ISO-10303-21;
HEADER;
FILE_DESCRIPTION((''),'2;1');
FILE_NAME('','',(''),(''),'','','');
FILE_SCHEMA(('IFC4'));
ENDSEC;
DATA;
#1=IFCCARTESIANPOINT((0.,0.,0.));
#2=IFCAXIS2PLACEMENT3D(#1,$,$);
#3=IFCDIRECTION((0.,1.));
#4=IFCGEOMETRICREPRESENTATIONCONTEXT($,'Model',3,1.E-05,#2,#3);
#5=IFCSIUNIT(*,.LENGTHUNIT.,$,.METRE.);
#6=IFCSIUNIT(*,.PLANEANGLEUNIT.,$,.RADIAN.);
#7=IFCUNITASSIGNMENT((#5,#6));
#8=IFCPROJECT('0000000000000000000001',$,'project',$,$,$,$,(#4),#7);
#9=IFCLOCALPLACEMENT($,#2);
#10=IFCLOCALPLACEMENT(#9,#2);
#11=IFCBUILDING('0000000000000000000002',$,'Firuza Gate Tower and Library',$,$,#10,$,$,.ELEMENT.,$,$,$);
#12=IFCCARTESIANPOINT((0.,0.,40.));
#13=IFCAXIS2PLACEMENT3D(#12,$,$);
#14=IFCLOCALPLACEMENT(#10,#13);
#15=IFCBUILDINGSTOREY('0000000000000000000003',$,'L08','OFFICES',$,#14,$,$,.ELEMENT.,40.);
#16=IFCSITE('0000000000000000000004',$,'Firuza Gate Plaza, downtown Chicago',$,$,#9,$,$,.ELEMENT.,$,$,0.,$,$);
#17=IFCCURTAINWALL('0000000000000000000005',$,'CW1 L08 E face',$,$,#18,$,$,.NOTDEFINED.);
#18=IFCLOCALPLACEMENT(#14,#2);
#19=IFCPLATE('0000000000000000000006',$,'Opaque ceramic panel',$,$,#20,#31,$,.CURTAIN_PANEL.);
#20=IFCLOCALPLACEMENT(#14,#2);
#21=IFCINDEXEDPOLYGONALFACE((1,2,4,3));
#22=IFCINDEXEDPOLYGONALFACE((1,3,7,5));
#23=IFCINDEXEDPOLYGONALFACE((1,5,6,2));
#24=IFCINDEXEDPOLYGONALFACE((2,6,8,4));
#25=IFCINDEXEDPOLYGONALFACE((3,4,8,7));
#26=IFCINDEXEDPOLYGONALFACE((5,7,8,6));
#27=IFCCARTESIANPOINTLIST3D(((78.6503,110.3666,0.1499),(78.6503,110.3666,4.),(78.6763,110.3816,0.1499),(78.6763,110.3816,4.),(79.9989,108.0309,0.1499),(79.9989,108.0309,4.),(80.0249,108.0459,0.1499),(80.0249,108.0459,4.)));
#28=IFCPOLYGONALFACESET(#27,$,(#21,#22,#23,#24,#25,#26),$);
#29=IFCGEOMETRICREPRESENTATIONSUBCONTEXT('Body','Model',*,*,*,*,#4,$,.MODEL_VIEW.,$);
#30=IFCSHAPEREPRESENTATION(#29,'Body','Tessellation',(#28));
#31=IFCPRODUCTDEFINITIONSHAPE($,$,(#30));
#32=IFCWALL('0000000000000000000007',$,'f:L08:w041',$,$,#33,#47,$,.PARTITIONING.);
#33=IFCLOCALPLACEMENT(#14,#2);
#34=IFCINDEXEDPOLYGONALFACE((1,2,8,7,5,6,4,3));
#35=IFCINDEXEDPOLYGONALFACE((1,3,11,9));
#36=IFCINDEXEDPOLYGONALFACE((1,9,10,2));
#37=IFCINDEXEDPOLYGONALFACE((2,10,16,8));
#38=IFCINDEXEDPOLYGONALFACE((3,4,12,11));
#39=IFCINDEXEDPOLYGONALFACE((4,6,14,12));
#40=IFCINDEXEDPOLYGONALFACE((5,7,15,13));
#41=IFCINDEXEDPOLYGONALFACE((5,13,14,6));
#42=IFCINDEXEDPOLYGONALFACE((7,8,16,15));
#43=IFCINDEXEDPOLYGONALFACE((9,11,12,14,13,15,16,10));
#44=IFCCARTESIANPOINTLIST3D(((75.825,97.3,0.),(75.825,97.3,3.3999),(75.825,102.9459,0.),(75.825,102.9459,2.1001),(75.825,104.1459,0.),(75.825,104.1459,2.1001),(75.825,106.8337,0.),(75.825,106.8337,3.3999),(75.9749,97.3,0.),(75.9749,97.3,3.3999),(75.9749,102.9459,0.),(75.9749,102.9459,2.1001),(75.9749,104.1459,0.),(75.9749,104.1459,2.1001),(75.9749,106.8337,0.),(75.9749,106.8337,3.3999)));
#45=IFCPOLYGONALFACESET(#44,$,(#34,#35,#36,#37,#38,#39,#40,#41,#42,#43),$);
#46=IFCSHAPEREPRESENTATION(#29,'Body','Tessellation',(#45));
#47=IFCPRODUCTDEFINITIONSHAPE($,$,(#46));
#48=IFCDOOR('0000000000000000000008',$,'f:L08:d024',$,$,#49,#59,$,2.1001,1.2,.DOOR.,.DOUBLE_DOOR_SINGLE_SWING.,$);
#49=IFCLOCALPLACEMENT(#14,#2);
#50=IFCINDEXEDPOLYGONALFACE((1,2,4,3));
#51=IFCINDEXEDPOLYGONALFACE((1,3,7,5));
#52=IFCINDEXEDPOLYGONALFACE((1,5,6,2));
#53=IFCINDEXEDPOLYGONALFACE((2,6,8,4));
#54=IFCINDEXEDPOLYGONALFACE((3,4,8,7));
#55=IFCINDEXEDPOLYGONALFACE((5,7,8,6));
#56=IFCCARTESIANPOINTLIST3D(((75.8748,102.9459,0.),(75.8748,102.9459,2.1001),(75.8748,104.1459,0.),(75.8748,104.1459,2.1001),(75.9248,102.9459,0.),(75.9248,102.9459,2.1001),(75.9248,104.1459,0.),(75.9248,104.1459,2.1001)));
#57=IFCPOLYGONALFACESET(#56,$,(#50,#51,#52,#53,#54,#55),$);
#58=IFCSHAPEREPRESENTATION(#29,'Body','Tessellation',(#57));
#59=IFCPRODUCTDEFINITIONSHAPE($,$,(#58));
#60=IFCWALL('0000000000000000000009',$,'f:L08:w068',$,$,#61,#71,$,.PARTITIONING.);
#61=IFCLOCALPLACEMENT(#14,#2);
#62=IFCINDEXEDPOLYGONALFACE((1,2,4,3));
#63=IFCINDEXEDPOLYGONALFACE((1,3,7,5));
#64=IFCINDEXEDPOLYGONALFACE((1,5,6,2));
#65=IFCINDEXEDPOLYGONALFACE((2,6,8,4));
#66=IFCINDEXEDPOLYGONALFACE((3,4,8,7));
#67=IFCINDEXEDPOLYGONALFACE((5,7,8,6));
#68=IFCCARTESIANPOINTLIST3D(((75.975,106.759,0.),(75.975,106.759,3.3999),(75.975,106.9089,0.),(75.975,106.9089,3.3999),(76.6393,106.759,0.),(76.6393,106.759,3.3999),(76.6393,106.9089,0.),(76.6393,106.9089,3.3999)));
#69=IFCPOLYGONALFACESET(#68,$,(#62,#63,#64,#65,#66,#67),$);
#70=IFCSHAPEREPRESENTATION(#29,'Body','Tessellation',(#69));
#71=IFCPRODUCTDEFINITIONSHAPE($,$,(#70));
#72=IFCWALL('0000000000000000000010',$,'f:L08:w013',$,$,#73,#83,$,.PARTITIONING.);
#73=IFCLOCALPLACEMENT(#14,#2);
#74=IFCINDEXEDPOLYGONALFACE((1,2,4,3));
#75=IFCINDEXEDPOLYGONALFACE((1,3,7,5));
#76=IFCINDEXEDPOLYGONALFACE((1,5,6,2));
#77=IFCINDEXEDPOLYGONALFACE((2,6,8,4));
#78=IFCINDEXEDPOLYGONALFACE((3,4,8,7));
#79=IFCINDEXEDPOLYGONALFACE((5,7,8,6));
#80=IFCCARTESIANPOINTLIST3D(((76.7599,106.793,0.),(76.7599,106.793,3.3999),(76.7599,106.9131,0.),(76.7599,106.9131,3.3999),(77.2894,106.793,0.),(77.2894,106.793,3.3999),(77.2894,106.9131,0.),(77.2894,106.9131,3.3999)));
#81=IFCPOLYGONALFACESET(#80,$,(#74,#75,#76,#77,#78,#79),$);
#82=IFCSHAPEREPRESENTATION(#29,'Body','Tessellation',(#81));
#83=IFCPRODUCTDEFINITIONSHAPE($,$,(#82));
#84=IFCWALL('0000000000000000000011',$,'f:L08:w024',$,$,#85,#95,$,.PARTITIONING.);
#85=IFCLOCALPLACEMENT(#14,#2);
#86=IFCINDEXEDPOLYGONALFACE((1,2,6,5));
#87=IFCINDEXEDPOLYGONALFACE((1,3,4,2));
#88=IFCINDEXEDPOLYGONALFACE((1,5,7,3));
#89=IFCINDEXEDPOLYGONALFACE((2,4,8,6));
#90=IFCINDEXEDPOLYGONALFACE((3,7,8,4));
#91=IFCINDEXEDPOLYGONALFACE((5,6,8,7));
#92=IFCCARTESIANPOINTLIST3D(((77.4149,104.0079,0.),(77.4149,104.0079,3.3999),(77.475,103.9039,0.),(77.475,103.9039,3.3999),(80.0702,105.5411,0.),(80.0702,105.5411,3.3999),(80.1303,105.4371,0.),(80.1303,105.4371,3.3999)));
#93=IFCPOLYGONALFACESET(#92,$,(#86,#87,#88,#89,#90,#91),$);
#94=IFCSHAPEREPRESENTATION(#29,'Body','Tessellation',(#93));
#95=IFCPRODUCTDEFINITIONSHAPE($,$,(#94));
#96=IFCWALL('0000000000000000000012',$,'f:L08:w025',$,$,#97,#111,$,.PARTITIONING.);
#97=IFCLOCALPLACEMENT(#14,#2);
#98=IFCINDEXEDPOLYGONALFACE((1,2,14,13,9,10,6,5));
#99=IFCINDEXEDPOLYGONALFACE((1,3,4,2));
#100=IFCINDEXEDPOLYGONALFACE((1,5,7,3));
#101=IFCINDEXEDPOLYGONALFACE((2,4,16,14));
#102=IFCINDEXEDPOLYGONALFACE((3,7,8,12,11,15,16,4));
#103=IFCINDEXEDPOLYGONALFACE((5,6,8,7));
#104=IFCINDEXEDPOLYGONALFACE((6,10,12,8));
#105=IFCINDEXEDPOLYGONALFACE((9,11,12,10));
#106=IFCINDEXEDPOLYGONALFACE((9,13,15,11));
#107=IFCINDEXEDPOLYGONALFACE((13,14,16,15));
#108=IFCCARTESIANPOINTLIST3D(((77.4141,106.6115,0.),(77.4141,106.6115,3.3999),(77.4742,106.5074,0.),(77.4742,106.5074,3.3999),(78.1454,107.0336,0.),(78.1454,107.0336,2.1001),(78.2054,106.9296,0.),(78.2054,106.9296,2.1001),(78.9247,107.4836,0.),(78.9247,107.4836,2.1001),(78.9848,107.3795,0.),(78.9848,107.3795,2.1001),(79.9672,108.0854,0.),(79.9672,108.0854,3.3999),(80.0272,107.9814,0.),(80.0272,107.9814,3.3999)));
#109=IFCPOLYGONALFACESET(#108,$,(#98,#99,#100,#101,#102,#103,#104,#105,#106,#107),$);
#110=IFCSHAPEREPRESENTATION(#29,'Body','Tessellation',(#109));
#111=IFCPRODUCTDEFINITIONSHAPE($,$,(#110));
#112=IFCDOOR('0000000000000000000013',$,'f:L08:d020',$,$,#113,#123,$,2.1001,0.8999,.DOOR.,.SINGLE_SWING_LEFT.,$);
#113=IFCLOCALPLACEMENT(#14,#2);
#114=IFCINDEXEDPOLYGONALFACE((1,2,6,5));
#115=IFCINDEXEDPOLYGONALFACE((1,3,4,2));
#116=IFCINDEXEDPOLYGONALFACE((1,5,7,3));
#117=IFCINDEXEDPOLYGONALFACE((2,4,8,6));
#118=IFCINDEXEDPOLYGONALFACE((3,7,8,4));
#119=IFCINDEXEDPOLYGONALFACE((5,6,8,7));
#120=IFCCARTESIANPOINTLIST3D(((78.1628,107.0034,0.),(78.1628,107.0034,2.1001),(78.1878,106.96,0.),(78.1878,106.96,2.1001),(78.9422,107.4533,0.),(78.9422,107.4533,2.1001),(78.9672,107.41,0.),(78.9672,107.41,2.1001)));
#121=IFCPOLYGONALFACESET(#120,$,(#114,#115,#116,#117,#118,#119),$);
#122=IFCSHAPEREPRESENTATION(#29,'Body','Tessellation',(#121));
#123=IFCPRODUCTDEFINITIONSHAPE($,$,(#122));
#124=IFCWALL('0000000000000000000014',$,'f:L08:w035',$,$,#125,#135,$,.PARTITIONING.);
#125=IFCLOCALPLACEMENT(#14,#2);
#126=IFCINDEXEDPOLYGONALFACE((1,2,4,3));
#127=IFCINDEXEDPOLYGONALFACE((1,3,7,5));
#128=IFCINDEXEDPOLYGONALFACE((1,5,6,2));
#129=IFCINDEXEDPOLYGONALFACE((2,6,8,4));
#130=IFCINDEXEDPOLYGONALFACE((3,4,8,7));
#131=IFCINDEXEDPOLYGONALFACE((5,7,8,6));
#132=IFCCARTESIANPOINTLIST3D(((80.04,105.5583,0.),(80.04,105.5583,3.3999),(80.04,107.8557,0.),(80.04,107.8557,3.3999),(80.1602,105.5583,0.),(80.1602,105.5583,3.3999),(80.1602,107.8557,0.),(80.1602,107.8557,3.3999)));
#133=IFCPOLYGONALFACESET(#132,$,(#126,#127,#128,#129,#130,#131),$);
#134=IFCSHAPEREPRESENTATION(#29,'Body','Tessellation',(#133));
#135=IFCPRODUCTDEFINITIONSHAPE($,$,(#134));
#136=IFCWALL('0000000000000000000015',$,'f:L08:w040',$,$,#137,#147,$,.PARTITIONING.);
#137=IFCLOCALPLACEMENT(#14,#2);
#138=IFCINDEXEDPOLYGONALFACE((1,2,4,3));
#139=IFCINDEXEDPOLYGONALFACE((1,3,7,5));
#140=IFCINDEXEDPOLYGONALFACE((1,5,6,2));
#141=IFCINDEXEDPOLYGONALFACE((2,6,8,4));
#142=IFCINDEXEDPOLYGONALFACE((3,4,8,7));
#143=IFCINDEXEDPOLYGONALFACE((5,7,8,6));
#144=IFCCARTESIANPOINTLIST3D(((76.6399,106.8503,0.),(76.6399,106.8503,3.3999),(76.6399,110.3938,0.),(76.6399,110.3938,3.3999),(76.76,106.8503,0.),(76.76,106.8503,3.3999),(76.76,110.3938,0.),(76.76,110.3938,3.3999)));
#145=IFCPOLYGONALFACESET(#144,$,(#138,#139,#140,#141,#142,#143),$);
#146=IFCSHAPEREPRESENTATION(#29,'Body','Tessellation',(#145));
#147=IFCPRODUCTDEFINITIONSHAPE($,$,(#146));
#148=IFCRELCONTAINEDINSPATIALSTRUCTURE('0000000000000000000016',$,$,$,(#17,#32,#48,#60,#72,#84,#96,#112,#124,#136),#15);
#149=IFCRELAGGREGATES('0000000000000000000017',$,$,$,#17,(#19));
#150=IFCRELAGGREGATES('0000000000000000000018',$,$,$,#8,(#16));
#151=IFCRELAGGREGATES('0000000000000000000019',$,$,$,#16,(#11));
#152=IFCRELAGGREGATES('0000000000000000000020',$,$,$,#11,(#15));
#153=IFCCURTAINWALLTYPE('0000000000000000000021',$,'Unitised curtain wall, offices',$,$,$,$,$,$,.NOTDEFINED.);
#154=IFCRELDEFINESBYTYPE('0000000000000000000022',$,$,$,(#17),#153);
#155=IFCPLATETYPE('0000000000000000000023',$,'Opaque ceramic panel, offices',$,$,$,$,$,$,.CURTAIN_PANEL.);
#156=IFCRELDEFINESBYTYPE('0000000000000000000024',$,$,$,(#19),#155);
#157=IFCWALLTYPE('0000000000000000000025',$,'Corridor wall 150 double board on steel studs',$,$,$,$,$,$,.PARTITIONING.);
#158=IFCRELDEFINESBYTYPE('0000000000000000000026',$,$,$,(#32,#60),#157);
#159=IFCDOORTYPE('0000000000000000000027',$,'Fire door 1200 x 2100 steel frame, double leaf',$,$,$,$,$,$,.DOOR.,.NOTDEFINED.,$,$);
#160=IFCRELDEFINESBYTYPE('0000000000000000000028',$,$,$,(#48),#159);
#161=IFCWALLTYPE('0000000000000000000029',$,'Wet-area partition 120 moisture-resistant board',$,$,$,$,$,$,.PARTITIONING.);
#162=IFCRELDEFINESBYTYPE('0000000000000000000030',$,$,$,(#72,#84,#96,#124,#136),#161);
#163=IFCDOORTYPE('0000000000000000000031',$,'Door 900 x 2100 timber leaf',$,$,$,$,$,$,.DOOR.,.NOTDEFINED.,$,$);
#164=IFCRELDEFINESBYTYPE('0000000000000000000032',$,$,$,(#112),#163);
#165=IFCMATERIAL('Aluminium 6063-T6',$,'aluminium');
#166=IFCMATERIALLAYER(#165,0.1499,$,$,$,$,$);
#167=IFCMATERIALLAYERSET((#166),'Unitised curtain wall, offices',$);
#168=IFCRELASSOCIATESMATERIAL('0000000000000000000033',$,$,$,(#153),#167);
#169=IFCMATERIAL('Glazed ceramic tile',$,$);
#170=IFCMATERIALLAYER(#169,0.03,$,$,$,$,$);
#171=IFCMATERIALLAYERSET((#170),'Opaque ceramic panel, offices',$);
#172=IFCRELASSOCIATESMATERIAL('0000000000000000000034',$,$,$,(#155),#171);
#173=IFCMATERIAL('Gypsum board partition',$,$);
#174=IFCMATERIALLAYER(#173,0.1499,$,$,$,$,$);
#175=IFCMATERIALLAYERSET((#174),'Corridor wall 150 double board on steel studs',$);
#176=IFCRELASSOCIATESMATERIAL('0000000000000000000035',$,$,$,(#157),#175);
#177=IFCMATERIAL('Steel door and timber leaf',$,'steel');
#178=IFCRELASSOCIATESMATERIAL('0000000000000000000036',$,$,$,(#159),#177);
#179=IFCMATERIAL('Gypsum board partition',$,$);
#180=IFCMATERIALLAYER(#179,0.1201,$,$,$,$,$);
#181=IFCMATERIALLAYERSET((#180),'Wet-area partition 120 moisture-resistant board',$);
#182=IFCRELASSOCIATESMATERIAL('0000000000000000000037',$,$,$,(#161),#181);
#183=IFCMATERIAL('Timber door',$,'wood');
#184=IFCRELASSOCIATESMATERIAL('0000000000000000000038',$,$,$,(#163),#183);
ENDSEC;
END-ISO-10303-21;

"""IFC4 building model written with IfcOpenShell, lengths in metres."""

from ifc_helpers import new_model, si_unit, direction, frame, frame_2d, origin, place, context, subcontext, project, spatial, polyline, rectangle, outline, extrude, material, layer, layer_set, type_object, element, fill, aggregate, save


model = new_model("IFC4")

# Units and contexts
model_context = context("Model", 3, precision=1e-05, world=origin(), true_north=direction((0.0, 1.0)))
body_context = subcontext(model_context, "Body", "Model", "MODEL_VIEW")
ifc_project = project(units=[si_unit("LENGTHUNIT", "METRE"), si_unit("PLANEANGLEUNIT", "RADIAN")], contexts=[model_context])

# Site, building, storey
site_placement = place(None, origin())
site = spatial("IfcSite", under=ifc_project, at=site_placement, Name="Firuza Gate Plaza, downtown Chicago", CompositionType="ELEMENT", RefElevation=0.0)
building_placement = place(site_placement, origin())
building = spatial("IfcBuilding", under=site, at=building_placement, Name="Firuza Gate Tower and Library", CompositionType="ELEMENT")
storey_placement = place(building_placement, frame((0.0, 0.0, 40.0)))
storey = spatial("IfcBuildingStorey", under=building, at=storey_placement, Name="L08", Description="OFFICES", CompositionType="ELEMENT", Elevation=40.0)

# Curtain wall
ifc_material_1 = material(Name="Aluminium 6063-T6", Category="aluminium")
ifc_layer_1 = layer(ifc_material_1, 0.1499)
ifc_layer_set_1 = layer_set([ifc_layer_1], Name="Unitised curtain wall, offices")
curtain_wall_type_1 = type_object("IfcCurtainWallType", Name="Unitised curtain wall, offices", PredefinedType="NOTDEFINED", material=ifc_layer_set_1)
placement = place(storey_placement, origin())
curtain_wall_1 = element("IfcCurtainWall", 1, at=placement, inside=storey, type_object=curtain_wall_type_1, Name="CW1 L08 E face", PredefinedType="NOTDEFINED")

# Plate
ifc_material_2 = material(Name="Glazed ceramic tile")
ifc_layer_2 = layer(ifc_material_2, 0.03)
ifc_layer_set_2 = layer_set([ifc_layer_2], Name="Opaque ceramic panel, offices")
plate_type_1 = type_object("IfcPlateType", Name="Opaque ceramic panel, offices", PredefinedType="CURTAIN_PANEL", material=ifc_layer_set_2)
plate_1_placement = place(storey_placement, frame((80.0249, 108.0459, 0.1499), z_axis=(0.866006, 0.500033, 0.0), x_axis=(-0.500033, 0.866006, 0.0)))
plate_1 = element("IfcPlate", 2, at=plate_1_placement, type_object=plate_type_1, Name="Opaque ceramic panel", PredefinedType="CURTAIN_PANEL", context=body_context, shape_type="SweptSolid", body=[
    extrude(outline(polyline([(0.0, 0.0), (2.6971, 0.0), (2.6971, 3.8501), (0.0, 3.8501), (0.0, 0.0)])), origin(), (0.0, 0.0, -1.0), 0.03),
])
aggregate(curtain_wall_1, [plate_1])

# Wall, opening, door
ifc_material_3 = material(Name="Gypsum board partition")
ifc_layer_3 = layer(ifc_material_3, 0.1499)
ifc_layer_set_3 = layer_set([ifc_layer_3], Name="Corridor wall 150 double board on steel studs")
wall_type_1 = type_object("IfcWallType", Name="Corridor wall 150 double board on steel studs", PredefinedType="PARTITIONING", material=ifc_layer_set_3)
wall_1_placement = place(storey_placement, frame((75.8999, 106.8337, 0.0), z_axis=(0.0, 0.0, 1.0), x_axis=(0.0, -1.0, 0.0)))
wall_1 = element("IfcWall", 3, at=wall_1_placement, inside=storey, type_object=wall_type_1, Name="f:L08:w041", PredefinedType="PARTITIONING", context=body_context, shape_type="SweptSolid", body=[
    extrude(rectangle(XDim=9.5337, YDim=0.1499, at=frame_2d((4.7668, 0.0))), origin(), (0.0, 0.0, 1.0), 3.3999),
])
opening_1_placement = place(wall_1_placement, frame((2.6877, 0.0, 0.0)))
opening_1 = element("IfcOpeningElement", 4, at=opening_1_placement, cuts=wall_1, PredefinedType="OPENING", context=body_context, shape_type="SweptSolid", body=[
    extrude(rectangle(XDim=1.2, YDim=2.1001, at=frame_2d((0.6001, 1.05))), frame((0.0, 0.085, 0.0), z_axis=(0.0, -1.0, 0.0), x_axis=(1.0, 0.0, 0.0)), (0.0, 0.0, 1.0), 0.1699),
])
ifc_material_4 = material(Name="Steel door and timber leaf", Category="steel")
door_type_1 = type_object("IfcDoorType", Name="Fire door 1200 x 2100 steel frame, double leaf", OperationType="NOTDEFINED", PredefinedType="DOOR", material=ifc_material_4)
door_1_placement = place(opening_1_placement, origin())
door_1 = element("IfcDoor", 5, at=door_1_placement, inside=storey, type_object=door_type_1, Name="f:L08:d024", OperationType="DOUBLE_DOOR_SINGLE_SWING", OverallHeight=2.1001, OverallWidth=1.2, PredefinedType="DOOR", context=body_context, shape_type="SweptSolid", body=[
    extrude(rectangle(XDim=1.2, YDim=2.1001, at=frame_2d((0.6001, 1.05))), frame((0.0, 0.0249, 0.0), z_axis=(0.0, -1.0, 0.0), x_axis=(1.0, 0.0, 0.0)), (0.0, 0.0, 1.0), 0.05),
])
fill(opening_1, door_1)

# Walls
wall_2_placement = place(storey_placement, frame((75.9751, 106.834, 0.0), z_axis=(0.0, 0.0, 1.0), x_axis=(1.0, 0.0, 0.0)))
element("IfcWall", 6, at=wall_2_placement, inside=storey, type_object=wall_type_1, Name="f:L08:w068", PredefinedType="PARTITIONING", context=body_context, shape_type="SweptSolid", body=[
    extrude(rectangle(XDim=0.6643, YDim=0.1499, at=frame_2d((0.332, 0.0))), origin(), (0.0, 0.0, 1.0), 3.3999),
])
ifc_material_5 = material(Name="Gypsum board partition")
ifc_layer_4 = layer(ifc_material_5, 0.1201)
ifc_layer_set_4 = layer_set([ifc_layer_4], Name="Wet-area partition 120 moisture-resistant board")
wall_type_2 = type_object("IfcWallType", Name="Wet-area partition 120 moisture-resistant board", PredefinedType="PARTITIONING", material=ifc_layer_set_4)
wall_3_placement = place(storey_placement, frame((76.76, 106.853, 0.0), z_axis=(0.0, 0.0, 1.0), x_axis=(1.0, 0.0, 0.0)))
element("IfcWall", 7, at=wall_3_placement, inside=storey, type_object=wall_type_2, Name="f:L08:w013", PredefinedType="PARTITIONING", context=body_context, shape_type="SweptSolid", body=[
    extrude(rectangle(XDim=0.5295, YDim=0.1201, at=frame_2d((0.2646, 0.0))), origin(), (0.0, 0.0, 1.0), 3.3999),
])
wall_4_placement = place(storey_placement, frame((77.4448, 103.9558, 0.0), z_axis=(0.0, 0.0, 1.0), x_axis=(0.866, 0.500044, 0.0)))
element("IfcWall", 8, at=wall_4_placement, inside=storey, type_object=wall_type_2, Name="f:L08:w024", PredefinedType="PARTITIONING", context=body_context, shape_type="SweptSolid", body=[
    extrude(rectangle(XDim=3.0662, YDim=0.1201, at=frame_2d((1.5332, 0.0))), origin(), (0.0, 0.0, 1.0), 3.3999),
])

# Wall, opening, door
wall_5_placement = place(storey_placement, frame((79.9973, 108.0334, 0.0), z_axis=(0.0, 0.0, 1.0), x_axis=(-0.866038, -0.499978, 0.0)))
wall_5 = element("IfcWall", 9, at=wall_5_placement, inside=storey, type_object=wall_type_2, Name="f:L08:w025", PredefinedType="PARTITIONING", context=body_context, shape_type="SweptSolid", body=[
    extrude(rectangle(XDim=2.948, YDim=0.1201, at=frame_2d((1.4741, 0.0))), origin(), (0.0, 0.0, 1.0), 3.3999),
])
opening_2_placement = place(wall_5_placement, frame((1.2039, 0.0, 0.0)))
opening_2 = element("IfcOpeningElement", 10, at=opening_2_placement, cuts=wall_5, PredefinedType="OPENING", context=body_context, shape_type="SweptSolid", body=[
    extrude(rectangle(XDim=0.8999, YDim=2.1001, at=frame_2d((0.45, 1.05))), frame((0.0, 0.0701, 0.0), z_axis=(0.0, -1.0, 0.0), x_axis=(1.0, 0.0, 0.0)), (0.0, 0.0, 1.0), 0.1401),
])
ifc_material_6 = material(Name="Timber door", Category="wood")
door_type_2 = type_object("IfcDoorType", Name="Door 900 x 2100 timber leaf", OperationType="NOTDEFINED", PredefinedType="DOOR", material=ifc_material_6)
door_2_placement = place(opening_2_placement, origin())
door_2 = element("IfcDoor", 11, at=door_2_placement, inside=storey, type_object=door_type_2, Name="f:L08:d020", OperationType="SINGLE_SWING_LEFT", OverallHeight=2.1001, OverallWidth=0.8999, PredefinedType="DOOR", context=body_context, shape_type="SweptSolid", body=[
    extrude(rectangle(XDim=0.8999, YDim=2.1001, at=frame_2d((0.45, 1.05))), frame((0.0, 0.0249, 0.0), z_axis=(0.0, -1.0, 0.0), x_axis=(1.0, 0.0, 0.0)), (0.0, 0.0, 1.0), 0.05),
])
fill(opening_2, door_2)

# Walls
wall_6_placement = place(storey_placement, frame((80.1001, 105.5583, 0.0), z_axis=(0.0, 0.0, 1.0), x_axis=(0.0, 1.0, 0.0)))
element("IfcWall", 12, at=wall_6_placement, inside=storey, type_object=wall_type_2, Name="f:L08:w035", PredefinedType="PARTITIONING", context=body_context, shape_type="SweptSolid", body=[
    extrude(rectangle(XDim=2.2974, YDim=0.1201, at=frame_2d((1.1487, 0.0))), origin(), (0.0, 0.0, 1.0), 3.3999),
])
wall_7_placement = place(storey_placement, frame((76.7, 106.8503, 0.0), z_axis=(0.0, 0.0, 1.0), x_axis=(0.0, 1.0, 0.0)))
element("IfcWall", 13, at=wall_7_placement, inside=storey, type_object=wall_type_2, Name="f:L08:w040", PredefinedType="PARTITIONING", context=body_context, shape_type="SweptSolid", body=[
    extrude(rectangle(XDim=3.5435, YDim=0.1201, at=frame_2d((1.7717, 0.0))), origin(), (0.0, 0.0, 1.0), 3.3999),
])

save(model, "model.ifc")
